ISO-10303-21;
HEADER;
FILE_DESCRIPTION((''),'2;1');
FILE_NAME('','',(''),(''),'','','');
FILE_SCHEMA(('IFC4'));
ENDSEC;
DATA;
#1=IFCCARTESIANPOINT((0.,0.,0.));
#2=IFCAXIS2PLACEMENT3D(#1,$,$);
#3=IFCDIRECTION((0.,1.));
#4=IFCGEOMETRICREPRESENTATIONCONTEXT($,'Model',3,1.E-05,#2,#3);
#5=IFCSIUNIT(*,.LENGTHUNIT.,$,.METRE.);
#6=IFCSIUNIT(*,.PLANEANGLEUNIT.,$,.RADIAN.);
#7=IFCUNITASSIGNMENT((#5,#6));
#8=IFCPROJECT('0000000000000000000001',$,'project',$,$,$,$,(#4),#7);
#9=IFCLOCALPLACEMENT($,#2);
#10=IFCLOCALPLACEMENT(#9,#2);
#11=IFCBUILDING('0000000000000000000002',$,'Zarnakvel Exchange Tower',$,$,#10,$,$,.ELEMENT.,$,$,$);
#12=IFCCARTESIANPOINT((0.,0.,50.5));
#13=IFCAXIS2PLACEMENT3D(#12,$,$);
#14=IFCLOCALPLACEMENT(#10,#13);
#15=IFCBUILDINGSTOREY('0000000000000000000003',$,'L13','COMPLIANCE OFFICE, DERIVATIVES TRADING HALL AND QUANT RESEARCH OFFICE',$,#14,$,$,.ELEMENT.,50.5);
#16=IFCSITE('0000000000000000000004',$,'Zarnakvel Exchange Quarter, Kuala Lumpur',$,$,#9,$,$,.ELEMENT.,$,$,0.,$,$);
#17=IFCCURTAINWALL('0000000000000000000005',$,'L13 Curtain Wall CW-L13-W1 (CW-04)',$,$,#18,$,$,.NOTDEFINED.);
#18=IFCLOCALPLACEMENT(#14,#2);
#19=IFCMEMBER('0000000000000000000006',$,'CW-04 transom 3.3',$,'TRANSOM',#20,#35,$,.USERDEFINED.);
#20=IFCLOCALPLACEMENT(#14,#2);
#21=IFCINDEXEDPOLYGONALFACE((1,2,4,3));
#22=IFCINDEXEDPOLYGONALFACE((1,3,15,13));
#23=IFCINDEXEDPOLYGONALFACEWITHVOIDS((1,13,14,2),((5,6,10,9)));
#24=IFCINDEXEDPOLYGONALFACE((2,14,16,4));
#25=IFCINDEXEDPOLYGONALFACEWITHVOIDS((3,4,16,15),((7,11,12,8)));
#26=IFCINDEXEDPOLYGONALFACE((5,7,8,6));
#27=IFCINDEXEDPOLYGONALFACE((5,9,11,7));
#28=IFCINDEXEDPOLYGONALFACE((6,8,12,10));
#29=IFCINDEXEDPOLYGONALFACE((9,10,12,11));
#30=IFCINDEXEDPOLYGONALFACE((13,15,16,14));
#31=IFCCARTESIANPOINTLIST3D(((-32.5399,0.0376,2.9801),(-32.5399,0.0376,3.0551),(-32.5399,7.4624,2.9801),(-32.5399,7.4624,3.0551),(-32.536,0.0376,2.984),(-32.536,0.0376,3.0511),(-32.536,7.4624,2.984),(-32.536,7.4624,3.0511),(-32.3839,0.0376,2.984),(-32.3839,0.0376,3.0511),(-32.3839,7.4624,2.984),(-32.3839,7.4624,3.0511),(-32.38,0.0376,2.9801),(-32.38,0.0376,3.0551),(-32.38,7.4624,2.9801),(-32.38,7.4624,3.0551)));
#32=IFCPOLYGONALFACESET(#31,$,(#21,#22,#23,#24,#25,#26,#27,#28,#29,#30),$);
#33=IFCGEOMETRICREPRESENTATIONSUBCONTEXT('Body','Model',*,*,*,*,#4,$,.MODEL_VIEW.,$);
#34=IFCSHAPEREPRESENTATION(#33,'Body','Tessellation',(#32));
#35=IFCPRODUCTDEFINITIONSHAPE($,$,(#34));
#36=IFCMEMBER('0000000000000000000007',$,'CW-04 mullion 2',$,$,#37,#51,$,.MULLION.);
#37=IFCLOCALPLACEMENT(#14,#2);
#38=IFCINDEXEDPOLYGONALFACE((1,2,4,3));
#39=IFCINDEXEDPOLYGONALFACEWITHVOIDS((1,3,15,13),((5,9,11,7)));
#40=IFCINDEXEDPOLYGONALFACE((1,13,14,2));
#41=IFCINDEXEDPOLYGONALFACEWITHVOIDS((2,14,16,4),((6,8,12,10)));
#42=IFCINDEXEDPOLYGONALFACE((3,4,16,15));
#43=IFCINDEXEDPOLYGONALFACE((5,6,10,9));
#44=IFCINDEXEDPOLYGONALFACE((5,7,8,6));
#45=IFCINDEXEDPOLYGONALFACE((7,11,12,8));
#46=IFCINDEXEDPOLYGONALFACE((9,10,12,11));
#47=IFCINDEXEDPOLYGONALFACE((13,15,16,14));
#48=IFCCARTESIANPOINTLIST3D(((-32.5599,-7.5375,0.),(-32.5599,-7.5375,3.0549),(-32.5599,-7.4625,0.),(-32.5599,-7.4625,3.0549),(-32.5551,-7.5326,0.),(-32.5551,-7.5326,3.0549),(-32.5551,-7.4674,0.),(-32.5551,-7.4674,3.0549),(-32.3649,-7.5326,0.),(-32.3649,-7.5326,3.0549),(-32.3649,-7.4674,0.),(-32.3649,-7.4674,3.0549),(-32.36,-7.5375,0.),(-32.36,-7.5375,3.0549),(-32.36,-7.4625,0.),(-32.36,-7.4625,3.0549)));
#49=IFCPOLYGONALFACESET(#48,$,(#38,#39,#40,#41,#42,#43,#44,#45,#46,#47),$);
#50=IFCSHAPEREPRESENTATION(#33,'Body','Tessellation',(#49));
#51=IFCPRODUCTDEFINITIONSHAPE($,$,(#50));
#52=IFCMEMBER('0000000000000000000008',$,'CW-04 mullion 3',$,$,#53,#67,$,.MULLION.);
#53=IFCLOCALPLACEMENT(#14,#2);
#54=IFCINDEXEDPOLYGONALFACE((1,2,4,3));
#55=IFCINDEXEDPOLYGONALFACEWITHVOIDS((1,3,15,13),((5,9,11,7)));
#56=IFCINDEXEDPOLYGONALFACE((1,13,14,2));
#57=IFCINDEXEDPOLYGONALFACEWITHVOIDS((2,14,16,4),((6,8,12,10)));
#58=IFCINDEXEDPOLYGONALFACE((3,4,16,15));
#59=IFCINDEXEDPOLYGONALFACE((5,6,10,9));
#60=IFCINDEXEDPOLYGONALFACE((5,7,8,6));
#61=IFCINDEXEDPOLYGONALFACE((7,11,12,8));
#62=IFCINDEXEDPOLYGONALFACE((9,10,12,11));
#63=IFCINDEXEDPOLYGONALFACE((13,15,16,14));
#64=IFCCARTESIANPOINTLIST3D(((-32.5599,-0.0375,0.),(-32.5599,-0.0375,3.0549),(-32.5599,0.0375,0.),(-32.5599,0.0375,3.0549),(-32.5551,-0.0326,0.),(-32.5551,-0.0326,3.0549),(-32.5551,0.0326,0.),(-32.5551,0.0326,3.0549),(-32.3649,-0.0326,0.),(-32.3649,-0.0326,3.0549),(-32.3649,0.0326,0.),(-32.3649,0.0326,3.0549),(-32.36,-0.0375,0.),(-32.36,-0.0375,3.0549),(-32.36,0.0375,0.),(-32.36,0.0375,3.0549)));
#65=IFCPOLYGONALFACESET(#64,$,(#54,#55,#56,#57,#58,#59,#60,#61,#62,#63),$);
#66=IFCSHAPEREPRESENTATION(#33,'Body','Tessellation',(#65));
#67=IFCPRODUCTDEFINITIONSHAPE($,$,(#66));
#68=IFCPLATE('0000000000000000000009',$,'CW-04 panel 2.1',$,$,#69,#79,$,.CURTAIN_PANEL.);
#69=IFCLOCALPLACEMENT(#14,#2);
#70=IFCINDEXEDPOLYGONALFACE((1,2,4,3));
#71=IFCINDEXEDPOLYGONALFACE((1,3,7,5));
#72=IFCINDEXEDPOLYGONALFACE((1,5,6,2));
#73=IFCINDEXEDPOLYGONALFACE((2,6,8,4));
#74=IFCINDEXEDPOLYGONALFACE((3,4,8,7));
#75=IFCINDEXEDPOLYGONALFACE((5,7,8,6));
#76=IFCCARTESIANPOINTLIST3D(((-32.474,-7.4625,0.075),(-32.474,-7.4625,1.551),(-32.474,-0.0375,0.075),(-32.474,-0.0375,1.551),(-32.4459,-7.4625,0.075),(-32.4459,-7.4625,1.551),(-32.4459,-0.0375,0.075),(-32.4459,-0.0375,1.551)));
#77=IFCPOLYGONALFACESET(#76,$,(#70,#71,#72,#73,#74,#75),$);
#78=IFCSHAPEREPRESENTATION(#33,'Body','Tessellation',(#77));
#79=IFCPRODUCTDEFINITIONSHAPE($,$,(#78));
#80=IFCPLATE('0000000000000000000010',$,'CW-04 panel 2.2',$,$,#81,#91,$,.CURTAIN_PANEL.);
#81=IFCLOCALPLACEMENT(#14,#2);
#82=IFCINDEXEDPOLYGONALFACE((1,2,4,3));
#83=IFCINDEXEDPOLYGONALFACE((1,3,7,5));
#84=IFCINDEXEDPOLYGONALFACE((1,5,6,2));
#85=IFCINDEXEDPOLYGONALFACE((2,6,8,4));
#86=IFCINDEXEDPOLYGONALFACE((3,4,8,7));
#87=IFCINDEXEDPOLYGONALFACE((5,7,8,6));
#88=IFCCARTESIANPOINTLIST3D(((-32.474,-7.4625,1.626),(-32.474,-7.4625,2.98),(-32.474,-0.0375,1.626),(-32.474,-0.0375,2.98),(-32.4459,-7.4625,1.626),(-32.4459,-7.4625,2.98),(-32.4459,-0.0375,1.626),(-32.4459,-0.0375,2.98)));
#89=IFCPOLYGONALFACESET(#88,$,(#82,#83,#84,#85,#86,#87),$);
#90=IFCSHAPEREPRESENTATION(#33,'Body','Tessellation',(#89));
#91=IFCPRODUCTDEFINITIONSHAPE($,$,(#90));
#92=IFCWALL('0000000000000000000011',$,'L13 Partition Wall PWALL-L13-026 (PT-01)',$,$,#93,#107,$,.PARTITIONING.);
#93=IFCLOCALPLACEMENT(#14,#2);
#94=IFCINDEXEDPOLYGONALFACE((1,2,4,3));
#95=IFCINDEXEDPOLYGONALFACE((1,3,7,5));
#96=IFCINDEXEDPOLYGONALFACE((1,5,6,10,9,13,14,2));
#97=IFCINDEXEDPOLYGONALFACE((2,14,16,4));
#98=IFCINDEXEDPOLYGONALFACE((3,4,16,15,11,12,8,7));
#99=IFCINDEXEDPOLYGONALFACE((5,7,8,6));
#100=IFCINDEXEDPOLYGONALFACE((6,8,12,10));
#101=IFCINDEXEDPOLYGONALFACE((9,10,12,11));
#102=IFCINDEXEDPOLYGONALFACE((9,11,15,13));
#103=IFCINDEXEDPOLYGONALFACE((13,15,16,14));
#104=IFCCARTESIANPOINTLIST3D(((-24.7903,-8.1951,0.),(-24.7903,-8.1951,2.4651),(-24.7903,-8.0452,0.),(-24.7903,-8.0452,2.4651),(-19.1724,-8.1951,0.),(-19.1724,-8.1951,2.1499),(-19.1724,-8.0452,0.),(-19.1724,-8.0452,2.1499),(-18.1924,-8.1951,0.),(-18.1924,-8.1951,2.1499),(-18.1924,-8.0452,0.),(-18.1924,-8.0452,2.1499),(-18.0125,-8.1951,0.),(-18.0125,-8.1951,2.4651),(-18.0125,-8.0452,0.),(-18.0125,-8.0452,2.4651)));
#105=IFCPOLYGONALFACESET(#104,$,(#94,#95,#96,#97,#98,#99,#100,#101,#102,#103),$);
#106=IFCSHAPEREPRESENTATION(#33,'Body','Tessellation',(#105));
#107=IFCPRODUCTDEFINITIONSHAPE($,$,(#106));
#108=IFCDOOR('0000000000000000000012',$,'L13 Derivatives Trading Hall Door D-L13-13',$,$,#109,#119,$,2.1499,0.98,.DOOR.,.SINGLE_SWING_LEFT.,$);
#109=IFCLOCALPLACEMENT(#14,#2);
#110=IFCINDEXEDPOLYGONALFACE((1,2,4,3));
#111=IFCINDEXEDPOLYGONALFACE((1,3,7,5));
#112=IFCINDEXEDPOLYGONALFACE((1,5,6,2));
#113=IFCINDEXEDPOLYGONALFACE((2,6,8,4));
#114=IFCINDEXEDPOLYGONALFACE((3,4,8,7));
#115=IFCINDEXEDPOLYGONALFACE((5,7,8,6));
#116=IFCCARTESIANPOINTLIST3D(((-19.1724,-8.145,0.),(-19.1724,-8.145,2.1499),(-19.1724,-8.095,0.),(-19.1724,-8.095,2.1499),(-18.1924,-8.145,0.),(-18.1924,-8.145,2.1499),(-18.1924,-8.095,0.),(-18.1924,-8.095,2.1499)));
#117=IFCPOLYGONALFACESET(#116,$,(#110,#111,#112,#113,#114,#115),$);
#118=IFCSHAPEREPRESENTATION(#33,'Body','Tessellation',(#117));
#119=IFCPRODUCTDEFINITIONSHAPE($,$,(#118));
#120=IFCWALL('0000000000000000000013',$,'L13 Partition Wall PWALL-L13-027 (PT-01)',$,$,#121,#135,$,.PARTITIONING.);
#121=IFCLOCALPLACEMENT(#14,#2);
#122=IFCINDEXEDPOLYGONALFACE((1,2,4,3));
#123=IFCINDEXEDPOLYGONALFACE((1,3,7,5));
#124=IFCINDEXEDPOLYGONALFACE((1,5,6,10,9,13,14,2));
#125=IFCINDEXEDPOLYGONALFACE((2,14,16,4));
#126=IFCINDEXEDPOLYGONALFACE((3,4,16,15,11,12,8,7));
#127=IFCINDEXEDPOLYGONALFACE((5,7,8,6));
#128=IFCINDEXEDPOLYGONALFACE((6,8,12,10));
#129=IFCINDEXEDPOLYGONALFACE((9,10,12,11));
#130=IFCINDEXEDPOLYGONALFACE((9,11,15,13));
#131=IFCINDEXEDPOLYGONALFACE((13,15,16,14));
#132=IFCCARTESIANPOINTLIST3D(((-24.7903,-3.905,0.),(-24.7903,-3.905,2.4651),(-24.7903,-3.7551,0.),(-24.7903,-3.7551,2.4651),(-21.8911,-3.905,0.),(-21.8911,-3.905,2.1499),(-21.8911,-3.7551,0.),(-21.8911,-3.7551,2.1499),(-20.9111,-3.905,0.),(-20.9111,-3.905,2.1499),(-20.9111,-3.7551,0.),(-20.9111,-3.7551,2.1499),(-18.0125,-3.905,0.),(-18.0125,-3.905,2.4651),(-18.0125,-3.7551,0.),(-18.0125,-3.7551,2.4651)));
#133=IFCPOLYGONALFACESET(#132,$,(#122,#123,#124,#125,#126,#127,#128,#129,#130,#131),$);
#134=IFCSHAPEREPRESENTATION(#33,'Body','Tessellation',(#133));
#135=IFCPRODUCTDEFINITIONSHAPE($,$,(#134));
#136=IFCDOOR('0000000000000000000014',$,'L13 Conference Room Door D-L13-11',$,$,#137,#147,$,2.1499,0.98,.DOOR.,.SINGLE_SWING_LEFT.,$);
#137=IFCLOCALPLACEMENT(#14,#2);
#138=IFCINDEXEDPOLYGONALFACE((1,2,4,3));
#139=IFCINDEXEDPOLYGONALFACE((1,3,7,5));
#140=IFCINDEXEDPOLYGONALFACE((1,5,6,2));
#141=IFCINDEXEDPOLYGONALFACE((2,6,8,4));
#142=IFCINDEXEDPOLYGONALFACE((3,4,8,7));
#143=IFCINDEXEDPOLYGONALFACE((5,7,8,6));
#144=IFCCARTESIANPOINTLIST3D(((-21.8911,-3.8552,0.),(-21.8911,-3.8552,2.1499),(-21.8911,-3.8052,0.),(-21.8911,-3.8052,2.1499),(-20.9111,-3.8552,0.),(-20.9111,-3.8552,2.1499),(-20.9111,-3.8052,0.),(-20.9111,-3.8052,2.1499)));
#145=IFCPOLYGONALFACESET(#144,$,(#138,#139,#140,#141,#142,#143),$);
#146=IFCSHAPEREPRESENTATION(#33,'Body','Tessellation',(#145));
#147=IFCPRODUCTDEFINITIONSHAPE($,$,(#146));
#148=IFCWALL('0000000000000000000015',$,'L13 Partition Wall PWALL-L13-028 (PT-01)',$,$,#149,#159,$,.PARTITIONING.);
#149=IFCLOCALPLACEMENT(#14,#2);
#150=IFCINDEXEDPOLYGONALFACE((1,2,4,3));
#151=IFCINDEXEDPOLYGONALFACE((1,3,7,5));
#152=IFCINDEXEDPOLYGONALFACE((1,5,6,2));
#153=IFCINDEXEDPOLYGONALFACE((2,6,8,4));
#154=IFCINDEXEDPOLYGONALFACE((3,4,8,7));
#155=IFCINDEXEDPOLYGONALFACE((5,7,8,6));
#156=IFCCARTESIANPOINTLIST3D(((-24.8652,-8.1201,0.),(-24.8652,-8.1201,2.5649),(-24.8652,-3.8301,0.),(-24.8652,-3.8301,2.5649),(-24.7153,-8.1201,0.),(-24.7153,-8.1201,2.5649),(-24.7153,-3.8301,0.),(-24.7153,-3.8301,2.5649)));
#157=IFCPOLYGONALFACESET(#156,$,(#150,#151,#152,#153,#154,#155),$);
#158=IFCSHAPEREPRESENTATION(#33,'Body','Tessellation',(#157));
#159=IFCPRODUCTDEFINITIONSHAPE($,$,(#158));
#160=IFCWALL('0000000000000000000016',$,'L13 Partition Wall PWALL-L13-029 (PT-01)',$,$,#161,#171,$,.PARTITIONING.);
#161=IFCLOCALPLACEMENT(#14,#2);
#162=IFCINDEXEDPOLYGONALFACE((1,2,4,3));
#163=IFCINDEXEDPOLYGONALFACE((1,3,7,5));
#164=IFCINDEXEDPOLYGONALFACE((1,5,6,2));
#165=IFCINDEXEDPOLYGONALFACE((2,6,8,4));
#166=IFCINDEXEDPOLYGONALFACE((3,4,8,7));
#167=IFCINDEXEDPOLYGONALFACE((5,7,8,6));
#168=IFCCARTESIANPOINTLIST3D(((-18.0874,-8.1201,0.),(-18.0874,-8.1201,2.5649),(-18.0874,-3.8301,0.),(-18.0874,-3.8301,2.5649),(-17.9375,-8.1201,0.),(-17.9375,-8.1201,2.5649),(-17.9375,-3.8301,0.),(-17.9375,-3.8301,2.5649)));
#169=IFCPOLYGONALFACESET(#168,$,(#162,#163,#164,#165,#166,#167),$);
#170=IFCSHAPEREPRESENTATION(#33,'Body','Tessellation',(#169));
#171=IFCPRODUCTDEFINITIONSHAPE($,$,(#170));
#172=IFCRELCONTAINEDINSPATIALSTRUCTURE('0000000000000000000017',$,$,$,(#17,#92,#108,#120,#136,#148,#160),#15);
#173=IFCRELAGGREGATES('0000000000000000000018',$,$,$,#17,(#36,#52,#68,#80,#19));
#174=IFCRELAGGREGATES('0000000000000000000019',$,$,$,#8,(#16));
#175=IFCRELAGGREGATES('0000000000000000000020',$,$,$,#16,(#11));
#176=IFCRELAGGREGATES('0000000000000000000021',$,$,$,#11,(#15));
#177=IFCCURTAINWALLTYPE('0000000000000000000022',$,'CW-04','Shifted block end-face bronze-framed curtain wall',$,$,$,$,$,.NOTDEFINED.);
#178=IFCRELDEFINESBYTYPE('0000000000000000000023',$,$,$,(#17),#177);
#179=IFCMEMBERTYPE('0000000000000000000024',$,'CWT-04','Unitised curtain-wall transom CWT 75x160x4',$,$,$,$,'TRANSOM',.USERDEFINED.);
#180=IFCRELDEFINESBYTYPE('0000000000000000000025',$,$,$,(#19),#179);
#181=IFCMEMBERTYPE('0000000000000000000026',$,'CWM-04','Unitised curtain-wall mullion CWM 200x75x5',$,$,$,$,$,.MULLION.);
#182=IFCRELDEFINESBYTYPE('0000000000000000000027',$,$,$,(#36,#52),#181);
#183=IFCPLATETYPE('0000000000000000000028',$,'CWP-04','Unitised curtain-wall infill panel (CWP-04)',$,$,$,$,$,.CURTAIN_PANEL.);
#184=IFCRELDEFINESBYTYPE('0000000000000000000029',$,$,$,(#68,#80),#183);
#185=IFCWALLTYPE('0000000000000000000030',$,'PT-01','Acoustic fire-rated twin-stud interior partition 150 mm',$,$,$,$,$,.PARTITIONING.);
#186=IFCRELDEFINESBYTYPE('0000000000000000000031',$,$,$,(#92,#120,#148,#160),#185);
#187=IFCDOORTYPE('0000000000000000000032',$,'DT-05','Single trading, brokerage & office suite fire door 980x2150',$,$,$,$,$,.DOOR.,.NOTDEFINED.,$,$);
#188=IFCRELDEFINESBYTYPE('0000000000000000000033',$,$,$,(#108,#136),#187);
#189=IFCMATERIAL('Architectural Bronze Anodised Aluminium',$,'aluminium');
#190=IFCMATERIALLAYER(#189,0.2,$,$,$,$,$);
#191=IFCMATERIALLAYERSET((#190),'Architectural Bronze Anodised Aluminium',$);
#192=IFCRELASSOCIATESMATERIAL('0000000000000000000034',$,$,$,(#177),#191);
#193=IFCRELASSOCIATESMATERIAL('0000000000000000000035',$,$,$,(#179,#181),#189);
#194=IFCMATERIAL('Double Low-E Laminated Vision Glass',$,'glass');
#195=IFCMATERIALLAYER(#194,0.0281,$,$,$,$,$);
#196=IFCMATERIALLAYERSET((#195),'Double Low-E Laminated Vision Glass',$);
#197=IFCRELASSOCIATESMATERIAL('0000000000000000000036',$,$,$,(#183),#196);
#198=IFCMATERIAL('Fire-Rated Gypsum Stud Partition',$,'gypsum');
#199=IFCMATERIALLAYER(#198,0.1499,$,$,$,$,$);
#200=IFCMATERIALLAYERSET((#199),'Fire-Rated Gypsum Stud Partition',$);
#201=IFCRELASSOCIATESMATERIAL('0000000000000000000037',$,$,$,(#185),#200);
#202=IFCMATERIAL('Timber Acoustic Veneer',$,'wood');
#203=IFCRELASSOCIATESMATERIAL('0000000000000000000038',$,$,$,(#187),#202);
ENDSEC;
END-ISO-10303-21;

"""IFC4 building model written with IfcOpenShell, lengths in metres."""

from ifc_helpers import new_model, si_unit, direction, frame, frame_2d, origin, origin_2d, place, context, subcontext, project, spatial, rectangle, hollow_rectangle, extrude, source, transform, mapped, material, layer, layer_set, material_profile, profile_set, type_object, element, fill, aggregate, save


model = new_model("IFC4")

# Units and contexts
model_context = context("Model", 3, precision=1e-05, world=origin(), true_north=direction((0.0, 1.0)))
body_context = subcontext(model_context, "Body", "Model", "MODEL_VIEW")
ifc_project = project(units=[si_unit("LENGTHUNIT", "METRE"), si_unit("PLANEANGLEUNIT", "RADIAN")], contexts=[model_context])

# Site, building, storey
site_placement = place(None, origin())
site = spatial("IfcSite", under=ifc_project, at=site_placement, Name="Zarnakvel Exchange Quarter, Kuala Lumpur", CompositionType="ELEMENT", RefElevation=0.0)
building_placement = place(site_placement, origin())
building = spatial("IfcBuilding", under=site, at=building_placement, Name="Zarnakvel Exchange Tower", CompositionType="ELEMENT")
storey_placement = place(building_placement, frame((0.0, 0.0, 50.5)))
storey = spatial("IfcBuildingStorey", under=building, at=storey_placement, Name="L13", Description="COMPLIANCE OFFICE, DERIVATIVES TRADING HALL AND QUANT RESEARCH OFFICE", CompositionType="ELEMENT", Elevation=50.5)

# Curtain wall, members, plates
ifc_material_1 = material(Name="Architectural Bronze Anodised Aluminium", Category="aluminium")
ifc_layer_1 = layer(ifc_material_1, 0.2)
ifc_layer_set_1 = layer_set([ifc_layer_1], Name="Architectural Bronze Anodised Aluminium")
curtain_wall_type = type_object("IfcCurtainWallType", Name="CW-04", Description="Shifted block end-face bronze-framed curtain wall", PredefinedType="NOTDEFINED", material=ifc_layer_set_1)
curtain_wall_placement = place(storey_placement, origin())
curtain_wall = element("IfcCurtainWall", 1, at=curtain_wall_placement, inside=storey, type_object=curtain_wall_type, Name="L13 Curtain Wall CW-L13-W1 (CW-04)", PredefinedType="NOTDEFINED")
ifc_material_profile_1 = material_profile(ifc_material_1, hollow_rectangle(XDim=0.1599, YDim=0.075, WallThickness=0.0039, at=origin_2d()))
ifc_profile_set_1 = profile_set([ifc_material_profile_1], Name="Architectural Bronze Anodised Aluminium")
member_type_1 = type_object("IfcMemberType", Name="CWT-04", Description="Unitised curtain-wall transom CWT 75x160x4", ElementType="TRANSOM", PredefinedType="USERDEFINED", material=ifc_profile_set_1)
shared_shape_1 = source(origin(), body_context, "Body", "SweptSolid", [
    extrude(hollow_rectangle(XDim=0.1599, YDim=0.075, WallThickness=0.0039, at=origin_2d()), origin(), (0.0, 0.0, 1.0), 7.4248),
])
member_1_placement = place(storey_placement, frame((-32.46, 0.0376, 3.0176), z_axis=(0.0, 1.0, 0.0), x_axis=(-1.0, 0.0, 0.0)))
member_1 = element("IfcMember", 2, at=member_1_placement, type_object=member_type_1, Name="CW-04 transom 3.3", ObjectType="TRANSOM", PredefinedType="USERDEFINED", context=body_context, shape_type="MappedRepresentation", body=[
    mapped(shared_shape_1, transform((0.0, 0.0, 0.0), x_axis=(1.0, 0.0, 0.0), y_axis=(0.0, 1.0, 0.0), z_axis=(0.0, 0.0, 1.0), scale=1.0)),
])
ifc_material_profile_2 = material_profile(ifc_material_1, hollow_rectangle(XDim=0.2, YDim=0.075, WallThickness=0.0049, at=origin_2d()))
ifc_profile_set_2 = profile_set([ifc_material_profile_2], Name="Architectural Bronze Anodised Aluminium")
member_type_2 = type_object("IfcMemberType", Name="CWM-04", Description="Unitised curtain-wall mullion CWM 200x75x5", PredefinedType="MULLION", material=ifc_profile_set_2)
shared_shape_2 = source(origin(), body_context, "Body", "SweptSolid", [
    extrude(hollow_rectangle(XDim=0.2, YDim=0.075, WallThickness=0.0049, at=origin_2d()), origin(), (0.0, 0.0, 1.0), 3.0549),
])
member_2_placement = place(storey_placement, frame((-32.46, -7.5, 0.0), z_axis=(0.0, 0.0, 1.0), x_axis=(-1.0, 0.0, 0.0)))
member_2 = element("IfcMember", 3, at=member_2_placement, type_object=member_type_2, Name="CW-04 mullion 2", PredefinedType="MULLION", context=body_context, shape_type="MappedRepresentation", body=[
    mapped(shared_shape_2, transform((0.0, 0.0, 0.0), x_axis=(1.0, 0.0, 0.0), y_axis=(0.0, 1.0, 0.0), z_axis=(0.0, 0.0, 1.0), scale=1.0)),
])
member_3_placement = place(storey_placement, frame((-32.46, 0.0, 0.0), z_axis=(0.0, 0.0, 1.0), x_axis=(-1.0, 0.0, 0.0)))
member_3 = element("IfcMember", 4, at=member_3_placement, type_object=member_type_2, Name="CW-04 mullion 3", PredefinedType="MULLION", context=body_context, shape_type="MappedRepresentation", body=[
    mapped(shared_shape_2, transform((0.0, 0.0, 0.0), x_axis=(1.0, 0.0, 0.0), y_axis=(0.0, 1.0, 0.0), z_axis=(0.0, 0.0, 1.0), scale=1.0)),
])
ifc_material_2 = material(Name="Double Low-E Laminated Vision Glass", Category="glass")
ifc_layer_2 = layer(ifc_material_2, 0.0281)
ifc_layer_set_2 = layer_set([ifc_layer_2], Name="Double Low-E Laminated Vision Glass")
plate_type = type_object("IfcPlateType", Name="CWP-04", Description="Unitised curtain-wall infill panel (CWP-04)", PredefinedType="CURTAIN_PANEL", material=ifc_layer_set_2)
shared_shape_3 = source(origin(), body_context, "Body", "SweptSolid", [
    extrude(rectangle(XDim=7.425, YDim=0.0281, at=origin_2d()), origin(), (0.0, 0.0, 1.0), 1.4761),
])
plate_1_placement = place(storey_placement, frame((-32.46, -3.75, 0.075), z_axis=(0.0, 0.0, 1.0), x_axis=(0.0, 1.0, 0.0)))
plate_1 = element("IfcPlate", 5, at=plate_1_placement, type_object=plate_type, Name="CW-04 panel 2.1", PredefinedType="CURTAIN_PANEL", context=body_context, shape_type="MappedRepresentation", body=[
    mapped(shared_shape_3, transform((0.0, 0.0, 0.0), x_axis=(1.0, 0.0, 0.0), y_axis=(0.0, 1.0, 0.0), z_axis=(0.0, 0.0, 1.0), scale=1.0)),
])
shared_shape_4 = source(origin(), body_context, "Body", "SweptSolid", [
    extrude(rectangle(XDim=7.425, YDim=0.0281, at=origin_2d()), origin(), (0.0, 0.0, 1.0), 1.354),
])
plate_2_placement = place(storey_placement, frame((-32.46, -3.75, 1.626), z_axis=(0.0, 0.0, 1.0), x_axis=(0.0, 1.0, 0.0)))
plate_2 = element("IfcPlate", 6, at=plate_2_placement, type_object=plate_type, Name="CW-04 panel 2.2", PredefinedType="CURTAIN_PANEL", context=body_context, shape_type="MappedRepresentation", body=[
    mapped(shared_shape_4, transform((0.0, 0.0, 0.0), x_axis=(1.0, 0.0, 0.0), y_axis=(0.0, 1.0, 0.0), z_axis=(0.0, 0.0, 1.0), scale=1.0)),
])
aggregate(curtain_wall, [member_2, member_3, plate_1, plate_2, member_1])

# Walls, openings, doors
ifc_material_3 = material(Name="Fire-Rated Gypsum Stud Partition", Category="gypsum")
ifc_layer_3 = layer(ifc_material_3, 0.1499)
ifc_layer_set_3 = layer_set([ifc_layer_3], Name="Fire-Rated Gypsum Stud Partition")
wall_type = type_object("IfcWallType", Name="PT-01", Description="Acoustic fire-rated twin-stud interior partition 150 mm", PredefinedType="PARTITIONING", material=ifc_layer_set_3)
wall_1_placement = place(storey_placement, frame((-18.0125, -8.1201, 0.0), z_axis=(0.0, 0.0, 1.0), x_axis=(-1.0, 0.0, 0.0)))
wall_1 = element("IfcWall", 7, at=wall_1_placement, inside=storey, type_object=wall_type, Name="L13 Partition Wall PWALL-L13-026 (PT-01)", PredefinedType="PARTITIONING", context=body_context, shape_type="SweptSolid", body=[
    extrude(rectangle(XDim=6.7778, YDim=0.1499, at=frame_2d((3.3889, 0.0))), origin(), (0.0, 0.0, 1.0), 2.4651),
])
opening_1_placement = place(wall_1_placement, frame((0.1799, 0.0, 0.0)))
opening_1 = element("IfcOpeningElement", 8, at=opening_1_placement, cuts=wall_1, PredefinedType="OPENING", context=body_context, shape_type="SweptSolid", body=[
    extrude(rectangle(XDim=0.98, YDim=2.1499, at=frame_2d((0.49, 1.075))), frame((0.0, 0.085, 0.0), z_axis=(0.0, -1.0, 0.0), x_axis=(1.0, 0.0, 0.0)), (0.0, 0.0, 1.0), 0.1699),
])
ifc_material_4 = material(Name="Timber Acoustic Veneer", Category="wood")
door_type = type_object("IfcDoorType", Name="DT-05", Description="Single trading, brokerage & office suite fire door 980x2150", OperationType="NOTDEFINED", PredefinedType="DOOR", material=ifc_material_4)
shared_shape_5 = source(origin(), body_context, "Body", "SweptSolid", [
    extrude(rectangle(XDim=0.98, YDim=2.1499, at=frame_2d((0.49, 1.075))), frame((0.0, 0.0249, 0.0), z_axis=(0.0, -1.0, 0.0), x_axis=(1.0, 0.0, 0.0)), (0.0, 0.0, 1.0), 0.05),
])
door_1_placement = place(opening_1_placement, origin())
door_1 = element("IfcDoor", 9, at=door_1_placement, inside=storey, type_object=door_type, Name="L13 Derivatives Trading Hall Door D-L13-13", OperationType="SINGLE_SWING_LEFT", OverallHeight=2.1499, OverallWidth=0.98, PredefinedType="DOOR", context=body_context, shape_type="MappedRepresentation", body=[
    mapped(shared_shape_5, transform((0.0, 0.0, 0.0), x_axis=(1.0, 0.0, 0.0), y_axis=(0.0, 1.0, 0.0), z_axis=(0.0, 0.0, 1.0), scale=1.0)),
])
fill(opening_1, door_1)
wall_2_placement = place(storey_placement, frame((-24.7903, -3.8301, 0.0), z_axis=(0.0, 0.0, 1.0), x_axis=(1.0, 0.0, 0.0)))
wall_2 = element("IfcWall", 10, at=wall_2_placement, inside=storey, type_object=wall_type, Name="L13 Partition Wall PWALL-L13-027 (PT-01)", PredefinedType="PARTITIONING", context=body_context, shape_type="SweptSolid", body=[
    extrude(rectangle(XDim=6.7778, YDim=0.1499, at=frame_2d((3.3889, 0.0))), origin(), (0.0, 0.0, 1.0), 2.4651),
])
opening_2_placement = place(wall_2_placement, frame((2.8992, 0.0, 0.0)))
opening_2 = element("IfcOpeningElement", 11, at=opening_2_placement, cuts=wall_2, PredefinedType="OPENING", context=body_context, shape_type="SweptSolid", body=[
    extrude(rectangle(XDim=0.98, YDim=2.1499, at=frame_2d((0.49, 1.075))), frame((0.0, 0.085, 0.0), z_axis=(0.0, -1.0, 0.0), x_axis=(1.0, 0.0, 0.0)), (0.0, 0.0, 1.0), 0.1699),
])
door_2_placement = place(opening_2_placement, origin())
door_2 = element("IfcDoor", 12, at=door_2_placement, inside=storey, type_object=door_type, Name="L13 Conference Room Door D-L13-11", OperationType="SINGLE_SWING_LEFT", OverallHeight=2.1499, OverallWidth=0.98, PredefinedType="DOOR", context=body_context, shape_type="MappedRepresentation", body=[
    mapped(shared_shape_5, transform((0.0, 0.0, 0.0), x_axis=(1.0, 0.0, 0.0), y_axis=(0.0, 1.0, 0.0), z_axis=(0.0, 0.0, 1.0), scale=1.0)),
])
fill(opening_2, door_2)

# Walls
for number, where, z_axis, x_axis, name in (
    (13, (-24.7903, -8.1201, 0.0), (0.0, 0.0, 1.0), (0.0, 1.0, 0.0), "L13 Partition Wall PWALL-L13-028 (PT-01)"),
    (14, (-18.0125, -3.8301, 0.0), (0.0, 0.0, 1.0), (0.0, -1.0, 0.0), "L13 Partition Wall PWALL-L13-029 (PT-01)"),
):
    element("IfcWall", number, at=place(storey_placement, frame(where, z_axis=z_axis, x_axis=x_axis)), inside=storey, type_object=wall_type, Name=name, PredefinedType="PARTITIONING", context=body_context, shape_type="SweptSolid", body=[
        extrude(rectangle(XDim=4.29, YDim=0.1499, at=frame_2d((2.145, 0.0))), origin(), (0.0, 0.0, 1.0), 2.5649),
    ])

save(model, "model.ifc")
